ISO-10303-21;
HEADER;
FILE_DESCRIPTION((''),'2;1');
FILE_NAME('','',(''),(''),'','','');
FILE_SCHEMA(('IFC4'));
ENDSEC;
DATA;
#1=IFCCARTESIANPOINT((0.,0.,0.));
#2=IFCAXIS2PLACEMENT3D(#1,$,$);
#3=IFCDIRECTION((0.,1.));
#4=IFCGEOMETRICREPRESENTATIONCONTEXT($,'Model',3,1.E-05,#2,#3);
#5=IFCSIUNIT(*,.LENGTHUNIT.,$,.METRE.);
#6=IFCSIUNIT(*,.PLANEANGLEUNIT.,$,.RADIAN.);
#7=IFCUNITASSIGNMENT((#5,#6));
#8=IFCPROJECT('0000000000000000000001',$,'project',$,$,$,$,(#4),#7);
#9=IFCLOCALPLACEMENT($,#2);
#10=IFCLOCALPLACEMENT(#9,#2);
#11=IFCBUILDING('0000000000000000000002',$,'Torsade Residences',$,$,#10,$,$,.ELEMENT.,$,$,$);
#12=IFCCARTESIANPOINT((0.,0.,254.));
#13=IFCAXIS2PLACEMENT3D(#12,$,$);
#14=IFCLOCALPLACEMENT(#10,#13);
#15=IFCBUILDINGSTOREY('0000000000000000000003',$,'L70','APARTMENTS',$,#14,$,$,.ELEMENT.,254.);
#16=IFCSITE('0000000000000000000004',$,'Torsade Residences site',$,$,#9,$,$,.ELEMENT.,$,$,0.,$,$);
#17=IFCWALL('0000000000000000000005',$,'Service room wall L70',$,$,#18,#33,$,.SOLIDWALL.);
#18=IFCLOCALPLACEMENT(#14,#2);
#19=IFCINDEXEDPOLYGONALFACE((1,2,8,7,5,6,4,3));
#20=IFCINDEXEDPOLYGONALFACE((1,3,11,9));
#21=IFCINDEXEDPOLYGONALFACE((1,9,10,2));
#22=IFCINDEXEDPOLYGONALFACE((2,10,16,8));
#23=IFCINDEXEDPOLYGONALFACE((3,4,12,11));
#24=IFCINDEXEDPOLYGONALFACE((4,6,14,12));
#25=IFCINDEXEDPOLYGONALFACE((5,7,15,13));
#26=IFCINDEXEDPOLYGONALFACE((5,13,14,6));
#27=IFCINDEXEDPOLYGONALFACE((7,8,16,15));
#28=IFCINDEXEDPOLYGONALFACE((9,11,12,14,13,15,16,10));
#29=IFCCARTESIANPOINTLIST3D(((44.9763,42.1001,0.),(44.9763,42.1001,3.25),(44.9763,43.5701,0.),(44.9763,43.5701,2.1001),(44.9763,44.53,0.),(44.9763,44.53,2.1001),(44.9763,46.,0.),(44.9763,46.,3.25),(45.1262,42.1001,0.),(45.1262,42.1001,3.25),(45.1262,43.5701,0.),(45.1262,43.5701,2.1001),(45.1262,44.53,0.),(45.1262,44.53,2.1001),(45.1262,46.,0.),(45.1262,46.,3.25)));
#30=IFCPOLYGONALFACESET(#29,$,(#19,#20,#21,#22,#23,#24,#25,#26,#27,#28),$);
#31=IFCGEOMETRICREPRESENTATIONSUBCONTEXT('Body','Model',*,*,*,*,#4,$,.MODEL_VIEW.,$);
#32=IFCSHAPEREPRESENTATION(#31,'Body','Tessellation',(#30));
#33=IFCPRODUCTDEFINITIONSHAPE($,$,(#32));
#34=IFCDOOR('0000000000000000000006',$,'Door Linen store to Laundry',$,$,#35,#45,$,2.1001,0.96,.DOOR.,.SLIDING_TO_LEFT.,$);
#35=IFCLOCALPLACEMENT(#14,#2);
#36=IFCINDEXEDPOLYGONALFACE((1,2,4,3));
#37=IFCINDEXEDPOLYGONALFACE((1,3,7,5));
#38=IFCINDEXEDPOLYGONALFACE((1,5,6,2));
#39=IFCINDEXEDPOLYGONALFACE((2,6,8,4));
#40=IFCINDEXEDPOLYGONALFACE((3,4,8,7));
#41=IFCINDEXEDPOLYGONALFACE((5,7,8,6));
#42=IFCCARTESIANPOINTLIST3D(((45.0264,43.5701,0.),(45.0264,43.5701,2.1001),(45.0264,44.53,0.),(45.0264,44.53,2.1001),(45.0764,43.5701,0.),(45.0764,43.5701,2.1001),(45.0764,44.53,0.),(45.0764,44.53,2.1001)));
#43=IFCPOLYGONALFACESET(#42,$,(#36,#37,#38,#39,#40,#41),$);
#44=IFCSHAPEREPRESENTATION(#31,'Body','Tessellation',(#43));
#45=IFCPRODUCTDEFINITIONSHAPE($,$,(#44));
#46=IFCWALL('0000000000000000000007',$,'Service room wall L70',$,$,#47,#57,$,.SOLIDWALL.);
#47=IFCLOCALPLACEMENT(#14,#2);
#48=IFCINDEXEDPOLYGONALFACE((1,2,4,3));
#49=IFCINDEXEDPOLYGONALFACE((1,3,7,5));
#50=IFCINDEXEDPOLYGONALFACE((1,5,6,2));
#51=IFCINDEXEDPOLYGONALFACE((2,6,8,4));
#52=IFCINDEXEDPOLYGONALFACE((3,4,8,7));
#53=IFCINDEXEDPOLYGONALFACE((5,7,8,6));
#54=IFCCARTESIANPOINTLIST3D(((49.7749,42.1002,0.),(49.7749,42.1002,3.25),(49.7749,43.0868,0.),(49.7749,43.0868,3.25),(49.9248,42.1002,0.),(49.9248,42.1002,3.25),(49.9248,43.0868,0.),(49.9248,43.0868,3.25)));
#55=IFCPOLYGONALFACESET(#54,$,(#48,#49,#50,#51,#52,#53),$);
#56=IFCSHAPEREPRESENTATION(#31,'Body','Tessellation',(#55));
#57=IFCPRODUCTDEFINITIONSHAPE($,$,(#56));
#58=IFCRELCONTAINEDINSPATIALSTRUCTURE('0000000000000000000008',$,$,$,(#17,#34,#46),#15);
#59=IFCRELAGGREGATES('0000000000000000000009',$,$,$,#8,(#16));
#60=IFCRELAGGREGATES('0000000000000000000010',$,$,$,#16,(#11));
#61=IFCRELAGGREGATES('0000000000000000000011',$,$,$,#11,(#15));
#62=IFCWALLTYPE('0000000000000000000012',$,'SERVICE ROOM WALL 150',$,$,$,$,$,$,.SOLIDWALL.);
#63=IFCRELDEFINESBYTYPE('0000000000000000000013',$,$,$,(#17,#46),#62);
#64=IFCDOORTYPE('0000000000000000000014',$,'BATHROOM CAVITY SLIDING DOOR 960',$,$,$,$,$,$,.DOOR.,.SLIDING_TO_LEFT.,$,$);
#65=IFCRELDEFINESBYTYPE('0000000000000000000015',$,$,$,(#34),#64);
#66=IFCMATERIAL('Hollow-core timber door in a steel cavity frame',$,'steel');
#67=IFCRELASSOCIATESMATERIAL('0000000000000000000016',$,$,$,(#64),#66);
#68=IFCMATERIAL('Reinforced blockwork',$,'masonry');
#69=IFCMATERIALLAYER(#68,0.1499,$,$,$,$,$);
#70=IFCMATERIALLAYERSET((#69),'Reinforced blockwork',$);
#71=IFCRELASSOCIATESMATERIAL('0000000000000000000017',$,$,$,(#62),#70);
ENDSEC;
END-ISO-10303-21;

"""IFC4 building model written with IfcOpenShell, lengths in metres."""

from ifc_helpers import new_model, si_unit, direction, frame, frame_2d, origin, place, context, subcontext, project, spatial, rectangle, extrude, material, layer, layer_set, type_object, element, fill, save


model = new_model("IFC4")

# Units and contexts
model_context = context("Model", 3, precision=1e-05, world=origin(), true_north=direction((0.0, 1.0)))
body_context = subcontext(model_context, "Body", "Model", "MODEL_VIEW")
ifc_project = project(units=[si_unit("LENGTHUNIT", "METRE"), si_unit("PLANEANGLEUNIT", "RADIAN")], contexts=[model_context])

# Site, building, storey
site_placement = place(None, origin())
site = spatial("IfcSite", under=ifc_project, at=site_placement, Name="Torsade Residences site", CompositionType="ELEMENT", RefElevation=0.0)
building_placement = place(site_placement, origin())
building = spatial("IfcBuilding", under=site, at=building_placement, Name="Torsade Residences", CompositionType="ELEMENT")
storey_placement = place(building_placement, frame((0.0, 0.0, 254.0)))
storey = spatial("IfcBuildingStorey", under=building, at=storey_placement, Name="L70", Description="APARTMENTS", CompositionType="ELEMENT", Elevation=254.0)

# Shared definitions
ifc_material_1 = material(Name="Hollow-core timber door in a steel cavity frame", Category="steel")
door_type_1 = type_object("IfcDoorType", Name="BATHROOM CAVITY SLIDING DOOR 960", OperationType="SLIDING_TO_LEFT", PredefinedType="DOOR", material=ifc_material_1)

# Shared definitions
ifc_material_2 = material(Name="Reinforced blockwork", Category="masonry")
ifc_layer_1 = layer(ifc_material_2, 0.1499)
ifc_layer_set_1 = layer_set([ifc_layer_1], Name="Reinforced blockwork")
wall_type_1 = type_object("IfcWallType", Name="SERVICE ROOM WALL 150", PredefinedType="SOLIDWALL", material=ifc_layer_set_1)

# Wall, opening, door
wall_1_placement = place(storey_placement, frame((45.0513, 42.1001, 0.0), z_axis=(0.0, 0.0, 1.0), x_axis=(0.0, 1.0, 0.0)))
wall_1 = element("IfcWall", 1, at=wall_1_placement, inside=storey, type_object=wall_type_1, Name="Service room wall L70", PredefinedType="SOLIDWALL", context=body_context, shape_type="SweptSolid", body=[
    extrude(rectangle(XDim=3.8999, YDim=0.1499, at=frame_2d((1.95, 0.0))), origin(), (0.0, 0.0, 1.0), 3.25),
])
opening_1_placement = place(wall_1_placement, frame((1.47, 0.0, 0.0)))
opening_1 = element("IfcOpeningElement", 2, at=opening_1_placement, cuts=wall_1, PredefinedType="OPENING", context=body_context, shape_type="SweptSolid", body=[
    extrude(rectangle(XDim=0.96, YDim=2.1001, at=frame_2d((0.48, 1.05))), frame((0.0, 0.085, 0.0), z_axis=(0.0, -1.0, 0.0), x_axis=(1.0, 0.0, 0.0)), (0.0, 0.0, 1.0), 0.1699),
])
door_1_placement = place(opening_1_placement, origin())
door_1 = element("IfcDoor", 3, at=door_1_placement, inside=storey, type_object=door_type_1, Name="Door Linen store to Laundry", OperationType="SLIDING_TO_LEFT", OverallHeight=2.1001, OverallWidth=0.96, PredefinedType="DOOR", context=body_context, shape_type="SweptSolid", body=[
    extrude(rectangle(XDim=0.96, YDim=2.1001, at=frame_2d((0.48, 1.05))), frame((0.0, 0.0249, 0.0), z_axis=(0.0, -1.0, 0.0), x_axis=(1.0, 0.0, 0.0)), (0.0, 0.0, 1.0), 0.05),
])
fill(opening_1, door_1)

# Wall
wall_2_placement = place(storey_placement, frame((49.8499, 43.0867, 0.0), z_axis=(0.0, 0.0, 1.0), x_axis=(0.0, -1.0, 0.0)))
element("IfcWall", 4, at=wall_2_placement, inside=storey, type_object=wall_type_1, Name="Service room wall L70", PredefinedType="SOLIDWALL", context=body_context, shape_type="SweptSolid", body=[
    extrude(rectangle(XDim=0.9866, YDim=0.1499, at=frame_2d((0.4932, 0.0))), origin(), (0.0, 0.0, 1.0), 3.25),
])

save(model, "model.ifc")
